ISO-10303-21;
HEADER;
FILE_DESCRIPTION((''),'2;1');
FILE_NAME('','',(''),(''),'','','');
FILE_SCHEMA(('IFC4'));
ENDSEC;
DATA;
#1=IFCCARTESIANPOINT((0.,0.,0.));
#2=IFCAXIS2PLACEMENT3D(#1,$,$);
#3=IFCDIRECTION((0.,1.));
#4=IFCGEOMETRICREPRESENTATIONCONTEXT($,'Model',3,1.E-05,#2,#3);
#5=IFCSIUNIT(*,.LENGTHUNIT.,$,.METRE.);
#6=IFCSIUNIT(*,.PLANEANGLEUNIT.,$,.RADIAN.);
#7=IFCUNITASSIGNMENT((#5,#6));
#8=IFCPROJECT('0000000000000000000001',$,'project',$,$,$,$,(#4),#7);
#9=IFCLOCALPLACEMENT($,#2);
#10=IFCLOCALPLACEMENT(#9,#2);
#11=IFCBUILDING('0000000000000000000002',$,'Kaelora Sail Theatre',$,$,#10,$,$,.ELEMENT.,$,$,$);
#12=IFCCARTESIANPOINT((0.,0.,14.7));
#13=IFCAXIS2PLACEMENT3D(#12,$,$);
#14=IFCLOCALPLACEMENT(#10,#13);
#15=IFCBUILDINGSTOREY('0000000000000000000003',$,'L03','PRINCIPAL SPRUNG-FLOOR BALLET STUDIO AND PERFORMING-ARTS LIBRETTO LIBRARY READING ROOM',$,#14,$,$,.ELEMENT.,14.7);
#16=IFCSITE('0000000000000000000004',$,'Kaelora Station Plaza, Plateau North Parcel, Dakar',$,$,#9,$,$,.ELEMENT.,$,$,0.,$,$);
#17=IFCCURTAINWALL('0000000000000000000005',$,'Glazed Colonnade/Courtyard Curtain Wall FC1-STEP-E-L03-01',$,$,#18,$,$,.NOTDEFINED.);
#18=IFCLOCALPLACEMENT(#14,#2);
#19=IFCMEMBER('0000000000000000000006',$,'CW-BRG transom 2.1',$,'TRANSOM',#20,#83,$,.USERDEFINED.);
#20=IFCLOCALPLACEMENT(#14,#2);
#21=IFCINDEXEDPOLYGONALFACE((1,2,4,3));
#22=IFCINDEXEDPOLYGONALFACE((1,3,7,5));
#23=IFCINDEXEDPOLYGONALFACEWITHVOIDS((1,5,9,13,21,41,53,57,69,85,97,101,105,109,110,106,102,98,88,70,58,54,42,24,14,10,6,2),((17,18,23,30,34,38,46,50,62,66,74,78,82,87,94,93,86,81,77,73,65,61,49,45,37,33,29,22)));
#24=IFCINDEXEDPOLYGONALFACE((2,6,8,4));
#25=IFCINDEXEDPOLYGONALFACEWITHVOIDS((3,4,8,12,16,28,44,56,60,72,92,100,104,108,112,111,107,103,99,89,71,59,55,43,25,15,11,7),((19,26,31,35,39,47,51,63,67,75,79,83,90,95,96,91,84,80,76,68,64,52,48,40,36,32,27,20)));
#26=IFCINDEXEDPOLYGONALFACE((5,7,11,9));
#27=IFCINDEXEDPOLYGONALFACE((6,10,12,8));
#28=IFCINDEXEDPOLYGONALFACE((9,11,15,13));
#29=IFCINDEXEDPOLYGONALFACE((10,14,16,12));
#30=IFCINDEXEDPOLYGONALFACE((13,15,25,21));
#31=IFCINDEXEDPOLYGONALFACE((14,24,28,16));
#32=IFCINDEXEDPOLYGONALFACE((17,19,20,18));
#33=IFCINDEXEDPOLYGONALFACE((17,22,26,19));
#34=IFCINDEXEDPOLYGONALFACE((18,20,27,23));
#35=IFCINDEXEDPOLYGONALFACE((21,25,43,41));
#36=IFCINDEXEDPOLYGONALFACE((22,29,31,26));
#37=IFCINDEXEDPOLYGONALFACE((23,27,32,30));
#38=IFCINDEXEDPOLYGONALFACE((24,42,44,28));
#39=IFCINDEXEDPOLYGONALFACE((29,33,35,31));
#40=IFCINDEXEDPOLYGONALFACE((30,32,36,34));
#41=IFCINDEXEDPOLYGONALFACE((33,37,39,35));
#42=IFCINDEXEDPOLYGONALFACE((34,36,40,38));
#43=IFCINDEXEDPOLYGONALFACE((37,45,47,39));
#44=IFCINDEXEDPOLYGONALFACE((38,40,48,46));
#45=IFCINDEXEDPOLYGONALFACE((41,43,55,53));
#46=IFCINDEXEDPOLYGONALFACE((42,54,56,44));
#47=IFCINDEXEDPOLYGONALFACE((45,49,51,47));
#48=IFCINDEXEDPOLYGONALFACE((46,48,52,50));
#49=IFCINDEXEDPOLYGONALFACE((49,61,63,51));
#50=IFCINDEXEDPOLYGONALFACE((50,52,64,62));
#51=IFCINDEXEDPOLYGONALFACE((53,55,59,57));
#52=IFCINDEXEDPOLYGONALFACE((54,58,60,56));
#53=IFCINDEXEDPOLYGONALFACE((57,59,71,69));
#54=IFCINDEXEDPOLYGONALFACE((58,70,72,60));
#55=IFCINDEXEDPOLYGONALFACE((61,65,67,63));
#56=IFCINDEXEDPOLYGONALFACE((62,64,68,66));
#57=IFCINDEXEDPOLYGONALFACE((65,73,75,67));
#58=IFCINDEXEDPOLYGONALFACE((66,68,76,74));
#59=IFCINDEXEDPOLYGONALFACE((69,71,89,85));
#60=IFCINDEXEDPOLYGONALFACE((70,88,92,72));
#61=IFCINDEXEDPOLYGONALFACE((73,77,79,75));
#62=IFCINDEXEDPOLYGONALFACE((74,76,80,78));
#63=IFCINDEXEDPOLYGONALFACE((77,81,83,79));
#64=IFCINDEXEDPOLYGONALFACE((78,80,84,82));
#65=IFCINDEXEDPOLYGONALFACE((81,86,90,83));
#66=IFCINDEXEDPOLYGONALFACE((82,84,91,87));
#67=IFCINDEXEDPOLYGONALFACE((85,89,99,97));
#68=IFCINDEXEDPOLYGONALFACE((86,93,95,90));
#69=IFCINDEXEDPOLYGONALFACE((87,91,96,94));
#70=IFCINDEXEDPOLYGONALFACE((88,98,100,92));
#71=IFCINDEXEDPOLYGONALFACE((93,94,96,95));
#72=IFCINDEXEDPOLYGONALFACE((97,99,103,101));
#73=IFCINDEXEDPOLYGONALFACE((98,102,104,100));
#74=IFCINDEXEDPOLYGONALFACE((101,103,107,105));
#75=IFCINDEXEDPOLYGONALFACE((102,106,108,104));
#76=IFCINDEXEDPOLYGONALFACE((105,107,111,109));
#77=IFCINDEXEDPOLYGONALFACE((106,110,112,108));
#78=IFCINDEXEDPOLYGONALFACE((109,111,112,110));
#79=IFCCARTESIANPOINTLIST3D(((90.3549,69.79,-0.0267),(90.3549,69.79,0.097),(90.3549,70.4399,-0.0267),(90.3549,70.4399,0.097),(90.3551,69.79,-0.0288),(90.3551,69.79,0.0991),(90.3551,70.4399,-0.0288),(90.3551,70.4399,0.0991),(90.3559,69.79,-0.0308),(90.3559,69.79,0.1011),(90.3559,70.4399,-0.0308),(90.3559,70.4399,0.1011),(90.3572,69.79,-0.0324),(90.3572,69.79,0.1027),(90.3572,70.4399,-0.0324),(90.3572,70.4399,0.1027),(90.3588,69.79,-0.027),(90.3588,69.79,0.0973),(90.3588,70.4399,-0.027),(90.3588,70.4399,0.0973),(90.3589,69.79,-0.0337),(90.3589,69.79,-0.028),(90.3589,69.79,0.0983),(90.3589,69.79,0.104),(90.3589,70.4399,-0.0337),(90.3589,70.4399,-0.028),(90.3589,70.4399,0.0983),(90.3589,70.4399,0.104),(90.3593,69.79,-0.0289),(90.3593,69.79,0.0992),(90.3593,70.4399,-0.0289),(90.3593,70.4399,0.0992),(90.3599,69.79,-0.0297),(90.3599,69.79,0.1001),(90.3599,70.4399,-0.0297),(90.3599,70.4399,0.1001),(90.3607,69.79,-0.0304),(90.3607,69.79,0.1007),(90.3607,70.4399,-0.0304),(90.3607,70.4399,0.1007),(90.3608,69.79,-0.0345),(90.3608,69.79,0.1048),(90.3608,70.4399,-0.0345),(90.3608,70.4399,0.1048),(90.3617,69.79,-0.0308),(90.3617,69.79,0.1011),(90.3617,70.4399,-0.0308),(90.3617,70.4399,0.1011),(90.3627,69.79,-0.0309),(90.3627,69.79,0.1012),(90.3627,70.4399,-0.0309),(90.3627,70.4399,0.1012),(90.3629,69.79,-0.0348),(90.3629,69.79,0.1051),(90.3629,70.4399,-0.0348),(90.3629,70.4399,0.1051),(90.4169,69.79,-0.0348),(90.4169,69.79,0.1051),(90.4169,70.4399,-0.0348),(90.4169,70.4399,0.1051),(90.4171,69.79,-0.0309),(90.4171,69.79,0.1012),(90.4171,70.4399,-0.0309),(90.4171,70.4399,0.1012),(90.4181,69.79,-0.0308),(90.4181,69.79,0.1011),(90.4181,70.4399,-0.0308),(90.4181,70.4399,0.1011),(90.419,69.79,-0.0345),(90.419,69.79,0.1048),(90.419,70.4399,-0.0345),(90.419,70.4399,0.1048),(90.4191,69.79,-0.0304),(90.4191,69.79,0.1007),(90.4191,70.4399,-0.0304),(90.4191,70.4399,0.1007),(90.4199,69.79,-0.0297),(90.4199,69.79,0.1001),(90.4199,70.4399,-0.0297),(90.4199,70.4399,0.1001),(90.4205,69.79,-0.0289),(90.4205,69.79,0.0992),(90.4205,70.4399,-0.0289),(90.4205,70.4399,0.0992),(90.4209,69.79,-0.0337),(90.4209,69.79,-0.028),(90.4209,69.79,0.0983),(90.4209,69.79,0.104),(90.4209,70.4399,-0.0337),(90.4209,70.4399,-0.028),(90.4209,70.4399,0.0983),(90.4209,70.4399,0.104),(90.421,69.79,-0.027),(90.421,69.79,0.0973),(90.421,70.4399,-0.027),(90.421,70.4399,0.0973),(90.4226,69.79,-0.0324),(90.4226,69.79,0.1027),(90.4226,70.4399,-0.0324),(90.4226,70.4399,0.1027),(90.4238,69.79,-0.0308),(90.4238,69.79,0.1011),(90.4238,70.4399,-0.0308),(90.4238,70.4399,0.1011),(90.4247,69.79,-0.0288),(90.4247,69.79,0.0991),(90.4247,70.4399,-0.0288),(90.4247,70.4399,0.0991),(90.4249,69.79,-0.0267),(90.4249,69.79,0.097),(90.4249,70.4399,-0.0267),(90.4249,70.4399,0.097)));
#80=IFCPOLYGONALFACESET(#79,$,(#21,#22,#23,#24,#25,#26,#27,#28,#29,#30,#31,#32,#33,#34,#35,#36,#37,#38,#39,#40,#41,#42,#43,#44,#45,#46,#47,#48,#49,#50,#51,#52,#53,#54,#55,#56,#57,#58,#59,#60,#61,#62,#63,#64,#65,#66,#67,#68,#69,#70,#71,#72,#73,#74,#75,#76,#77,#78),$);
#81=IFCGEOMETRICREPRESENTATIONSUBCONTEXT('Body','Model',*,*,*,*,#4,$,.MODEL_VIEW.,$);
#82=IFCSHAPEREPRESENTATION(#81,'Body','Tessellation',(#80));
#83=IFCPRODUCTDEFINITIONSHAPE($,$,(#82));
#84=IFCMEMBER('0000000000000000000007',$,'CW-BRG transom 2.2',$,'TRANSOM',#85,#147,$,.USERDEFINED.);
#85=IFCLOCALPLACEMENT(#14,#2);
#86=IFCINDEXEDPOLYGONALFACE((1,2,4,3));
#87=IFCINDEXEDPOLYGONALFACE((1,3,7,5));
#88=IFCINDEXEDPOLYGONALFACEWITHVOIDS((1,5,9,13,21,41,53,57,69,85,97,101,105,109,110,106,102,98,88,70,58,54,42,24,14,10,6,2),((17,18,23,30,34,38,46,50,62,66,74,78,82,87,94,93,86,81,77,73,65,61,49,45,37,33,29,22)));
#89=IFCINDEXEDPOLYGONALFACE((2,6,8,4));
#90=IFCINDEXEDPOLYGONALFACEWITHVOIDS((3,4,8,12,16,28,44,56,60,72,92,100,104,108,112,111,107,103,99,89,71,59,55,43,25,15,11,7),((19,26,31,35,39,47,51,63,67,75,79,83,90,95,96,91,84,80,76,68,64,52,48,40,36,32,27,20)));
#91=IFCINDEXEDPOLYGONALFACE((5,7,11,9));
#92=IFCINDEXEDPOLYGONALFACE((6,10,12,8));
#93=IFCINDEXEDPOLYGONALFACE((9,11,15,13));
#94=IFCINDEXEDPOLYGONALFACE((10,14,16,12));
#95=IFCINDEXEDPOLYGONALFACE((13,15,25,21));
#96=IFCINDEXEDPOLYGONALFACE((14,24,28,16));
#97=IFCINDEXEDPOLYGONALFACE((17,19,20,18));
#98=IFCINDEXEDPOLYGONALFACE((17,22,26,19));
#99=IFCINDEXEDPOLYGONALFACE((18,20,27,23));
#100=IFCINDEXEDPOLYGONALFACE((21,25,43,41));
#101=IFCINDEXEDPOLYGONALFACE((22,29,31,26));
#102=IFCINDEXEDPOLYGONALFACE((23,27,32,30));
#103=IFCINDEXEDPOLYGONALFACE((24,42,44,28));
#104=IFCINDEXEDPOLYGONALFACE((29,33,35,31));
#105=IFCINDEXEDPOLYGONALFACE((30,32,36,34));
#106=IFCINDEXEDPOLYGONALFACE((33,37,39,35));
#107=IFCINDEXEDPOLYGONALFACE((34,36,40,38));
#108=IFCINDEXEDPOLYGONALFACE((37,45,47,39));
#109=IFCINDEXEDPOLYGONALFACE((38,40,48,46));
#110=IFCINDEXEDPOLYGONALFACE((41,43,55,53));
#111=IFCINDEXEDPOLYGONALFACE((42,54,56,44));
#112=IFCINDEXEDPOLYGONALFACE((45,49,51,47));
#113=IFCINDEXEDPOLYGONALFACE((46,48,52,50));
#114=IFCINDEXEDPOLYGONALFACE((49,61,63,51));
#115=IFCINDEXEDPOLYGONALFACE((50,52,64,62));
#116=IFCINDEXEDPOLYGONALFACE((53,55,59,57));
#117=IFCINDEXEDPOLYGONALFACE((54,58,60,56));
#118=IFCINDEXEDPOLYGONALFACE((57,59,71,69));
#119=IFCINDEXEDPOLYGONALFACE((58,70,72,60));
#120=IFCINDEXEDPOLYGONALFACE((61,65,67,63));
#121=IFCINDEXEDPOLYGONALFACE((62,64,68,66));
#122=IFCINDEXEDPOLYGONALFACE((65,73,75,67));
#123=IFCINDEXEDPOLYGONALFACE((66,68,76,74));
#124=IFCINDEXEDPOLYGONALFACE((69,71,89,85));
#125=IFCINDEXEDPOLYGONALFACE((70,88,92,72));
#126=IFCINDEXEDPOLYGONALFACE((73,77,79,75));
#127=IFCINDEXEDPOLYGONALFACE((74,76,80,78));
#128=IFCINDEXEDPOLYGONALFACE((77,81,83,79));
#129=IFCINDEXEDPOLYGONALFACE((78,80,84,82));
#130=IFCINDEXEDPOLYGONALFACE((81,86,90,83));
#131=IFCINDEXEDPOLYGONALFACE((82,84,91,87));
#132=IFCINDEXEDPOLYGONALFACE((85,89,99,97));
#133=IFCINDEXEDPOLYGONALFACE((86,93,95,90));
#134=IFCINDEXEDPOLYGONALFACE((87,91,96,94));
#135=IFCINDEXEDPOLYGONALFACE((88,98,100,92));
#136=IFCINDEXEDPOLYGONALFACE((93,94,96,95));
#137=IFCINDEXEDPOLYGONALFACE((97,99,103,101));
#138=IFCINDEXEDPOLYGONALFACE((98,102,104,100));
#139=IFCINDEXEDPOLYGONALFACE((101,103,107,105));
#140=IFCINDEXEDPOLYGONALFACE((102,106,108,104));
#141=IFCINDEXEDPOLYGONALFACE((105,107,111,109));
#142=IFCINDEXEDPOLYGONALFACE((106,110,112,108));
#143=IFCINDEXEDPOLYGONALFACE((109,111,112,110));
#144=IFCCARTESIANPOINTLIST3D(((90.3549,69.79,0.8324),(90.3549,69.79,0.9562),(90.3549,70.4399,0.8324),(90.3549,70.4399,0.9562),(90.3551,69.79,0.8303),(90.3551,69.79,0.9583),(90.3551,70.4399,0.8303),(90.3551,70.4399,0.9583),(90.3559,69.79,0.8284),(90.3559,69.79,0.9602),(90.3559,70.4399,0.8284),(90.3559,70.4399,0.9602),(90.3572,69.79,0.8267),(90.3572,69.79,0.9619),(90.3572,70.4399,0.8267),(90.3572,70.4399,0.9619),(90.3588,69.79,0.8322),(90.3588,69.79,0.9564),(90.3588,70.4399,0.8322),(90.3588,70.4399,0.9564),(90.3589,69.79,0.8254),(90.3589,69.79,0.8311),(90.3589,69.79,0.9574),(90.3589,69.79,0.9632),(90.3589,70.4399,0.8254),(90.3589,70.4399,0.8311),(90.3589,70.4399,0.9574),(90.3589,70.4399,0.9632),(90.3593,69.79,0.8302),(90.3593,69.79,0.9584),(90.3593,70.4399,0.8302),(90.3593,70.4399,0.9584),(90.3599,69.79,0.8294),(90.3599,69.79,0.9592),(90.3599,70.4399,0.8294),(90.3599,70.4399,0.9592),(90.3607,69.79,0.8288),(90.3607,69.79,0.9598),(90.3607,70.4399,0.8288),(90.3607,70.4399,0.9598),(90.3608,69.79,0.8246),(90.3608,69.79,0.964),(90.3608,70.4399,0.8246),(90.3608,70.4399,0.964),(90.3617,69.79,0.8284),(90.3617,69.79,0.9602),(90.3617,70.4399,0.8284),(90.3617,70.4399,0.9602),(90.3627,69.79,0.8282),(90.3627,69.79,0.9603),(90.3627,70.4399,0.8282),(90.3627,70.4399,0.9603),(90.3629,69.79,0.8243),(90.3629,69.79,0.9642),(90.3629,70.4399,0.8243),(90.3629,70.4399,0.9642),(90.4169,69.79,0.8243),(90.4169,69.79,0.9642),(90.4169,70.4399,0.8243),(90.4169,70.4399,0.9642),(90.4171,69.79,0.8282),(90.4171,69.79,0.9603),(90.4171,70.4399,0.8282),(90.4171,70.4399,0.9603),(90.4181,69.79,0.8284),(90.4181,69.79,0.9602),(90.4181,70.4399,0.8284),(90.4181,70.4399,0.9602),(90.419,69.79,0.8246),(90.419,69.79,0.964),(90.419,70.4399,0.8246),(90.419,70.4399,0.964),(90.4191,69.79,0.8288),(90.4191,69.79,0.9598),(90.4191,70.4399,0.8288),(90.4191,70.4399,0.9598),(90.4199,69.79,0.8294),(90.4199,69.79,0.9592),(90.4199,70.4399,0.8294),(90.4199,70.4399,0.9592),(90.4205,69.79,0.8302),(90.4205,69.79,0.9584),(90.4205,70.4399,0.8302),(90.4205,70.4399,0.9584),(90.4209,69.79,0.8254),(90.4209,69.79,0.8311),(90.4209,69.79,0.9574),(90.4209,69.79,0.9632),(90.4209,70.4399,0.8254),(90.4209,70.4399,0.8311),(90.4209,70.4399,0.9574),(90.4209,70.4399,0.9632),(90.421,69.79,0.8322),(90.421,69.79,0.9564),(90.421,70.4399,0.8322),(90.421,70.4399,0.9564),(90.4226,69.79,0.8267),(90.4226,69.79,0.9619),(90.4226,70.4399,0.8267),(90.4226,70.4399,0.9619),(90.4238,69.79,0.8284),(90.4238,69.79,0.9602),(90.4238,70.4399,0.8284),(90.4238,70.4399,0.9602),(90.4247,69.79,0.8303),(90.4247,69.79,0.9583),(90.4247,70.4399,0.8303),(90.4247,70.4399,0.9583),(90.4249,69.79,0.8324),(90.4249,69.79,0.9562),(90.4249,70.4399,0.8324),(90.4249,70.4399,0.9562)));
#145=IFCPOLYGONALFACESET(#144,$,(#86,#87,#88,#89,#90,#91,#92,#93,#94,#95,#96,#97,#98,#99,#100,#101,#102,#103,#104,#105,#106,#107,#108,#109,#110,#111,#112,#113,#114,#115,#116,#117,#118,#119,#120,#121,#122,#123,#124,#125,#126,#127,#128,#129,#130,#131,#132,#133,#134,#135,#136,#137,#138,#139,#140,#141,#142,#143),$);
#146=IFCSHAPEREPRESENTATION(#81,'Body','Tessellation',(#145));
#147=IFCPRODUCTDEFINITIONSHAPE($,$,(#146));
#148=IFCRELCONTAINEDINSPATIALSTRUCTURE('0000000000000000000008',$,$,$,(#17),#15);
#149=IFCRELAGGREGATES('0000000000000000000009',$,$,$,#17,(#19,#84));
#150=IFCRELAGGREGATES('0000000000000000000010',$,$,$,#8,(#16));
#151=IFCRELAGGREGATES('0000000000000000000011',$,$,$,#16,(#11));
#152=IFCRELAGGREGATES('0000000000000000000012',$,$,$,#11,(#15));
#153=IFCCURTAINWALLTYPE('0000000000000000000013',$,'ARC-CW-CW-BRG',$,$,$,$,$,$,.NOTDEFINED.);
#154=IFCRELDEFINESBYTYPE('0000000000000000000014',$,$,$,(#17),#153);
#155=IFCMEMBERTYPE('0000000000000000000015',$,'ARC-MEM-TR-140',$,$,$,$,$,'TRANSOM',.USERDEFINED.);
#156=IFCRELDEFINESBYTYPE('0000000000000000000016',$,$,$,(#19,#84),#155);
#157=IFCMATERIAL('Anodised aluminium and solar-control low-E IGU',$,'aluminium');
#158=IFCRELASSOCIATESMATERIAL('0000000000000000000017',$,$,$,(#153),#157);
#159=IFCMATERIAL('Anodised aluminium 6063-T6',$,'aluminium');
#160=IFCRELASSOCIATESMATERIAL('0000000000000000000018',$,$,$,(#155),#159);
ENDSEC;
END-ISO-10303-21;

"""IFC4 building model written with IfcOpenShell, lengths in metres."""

from ifc_helpers import new_model, si_unit, direction, frame, origin, origin_2d, place, context, subcontext, project, spatial, hollow_rectangle, extrude, material, material_profile, profile_set, type_object, element, aggregate, save


model = new_model("IFC4")

# Units and contexts
model_context = context("Model", 3, precision=1e-05, world=origin(), true_north=direction((0.0, 1.0)))
body_context = subcontext(model_context, "Body", "Model", "MODEL_VIEW")
ifc_project = project(units=[si_unit("LENGTHUNIT", "METRE"), si_unit("PLANEANGLEUNIT", "RADIAN")], contexts=[model_context])

# Site, building, storey
site_placement = place(None, origin())
site = spatial("IfcSite", under=ifc_project, at=site_placement, Name="Kaelora Station Plaza, Plateau North Parcel, Dakar", CompositionType="ELEMENT", RefElevation=0.0)
building_placement = place(site_placement, origin())
building = spatial("IfcBuilding", under=site, at=building_placement, Name="Kaelora Sail Theatre", CompositionType="ELEMENT")
storey_placement = place(building_placement, frame((0.0, 0.0, 14.7)))
storey = spatial("IfcBuildingStorey", under=building, at=storey_placement, Name="L03", Description="PRINCIPAL SPRUNG-FLOOR BALLET STUDIO AND PERFORMING-ARTS LIBRETTO LIBRARY READING ROOM", CompositionType="ELEMENT", Elevation=14.7)

# Shared definitions
ifc_material_1 = material(Name="Anodised aluminium and solar-control low-E IGU", Category="aluminium")
curtain_wall_type = type_object("IfcCurtainWallType", Name="ARC-CW-CW-BRG", PredefinedType="NOTDEFINED", material=ifc_material_1)

# Curtain wall
curtain_wall_1_placement = place(storey_placement, origin())
curtain_wall_1 = element("IfcCurtainWall", 1, at=curtain_wall_1_placement, inside=storey, type_object=curtain_wall_type, Name="Glazed Colonnade/Courtyard Curtain Wall FC1-STEP-E-L03-01", PredefinedType="NOTDEFINED")

# Members
ifc_material_2 = material(Name="Anodised aluminium 6063-T6", Category="aluminium")
ifc_material_profile_1 = material_profile(ifc_material_2, hollow_rectangle(XDim=0.0701, YDim=0.1399, WallThickness=0.0039, InnerFilletRadius=0.0039, OuterFilletRadius=0.0081, at=origin_2d()), Name="ALU-TRAN 70x140x4")
ifc_profile_set_1 = profile_set([ifc_material_profile_1], Name="Anodised aluminium 6063-T6")
member_type_1 = type_object("IfcMemberType", Name="ARC-MEM-TR-140", ElementType="TRANSOM", PredefinedType="USERDEFINED", material=ifc_profile_set_1)
member_1_placement = place(storey_placement, frame((90.3899, 69.79, 0.0352), z_axis=(0.0, 1.0, 0.0), x_axis=(-1.0, 0.0, 0.0)))
member_1 = element("IfcMember", 2, at=member_1_placement, type_object=member_type_1, Name="CW-BRG transom 2.1", ObjectType="TRANSOM", PredefinedType="USERDEFINED", context=body_context, shape_type="SweptSolid", body=[
    extrude(hollow_rectangle(XDim=0.0701, YDim=0.1399, WallThickness=0.0039, InnerFilletRadius=0.0039, OuterFilletRadius=0.0081, at=origin_2d()), origin(), (0.0, 0.0, 1.0), 0.6499),
])
member_2_placement = place(storey_placement, frame((90.3899, 69.79, 0.8943), z_axis=(0.0, 1.0, 0.0), x_axis=(-1.0, 0.0, 0.0)))
member_2 = element("IfcMember", 3, at=member_2_placement, type_object=member_type_1, Name="CW-BRG transom 2.2", ObjectType="TRANSOM", PredefinedType="USERDEFINED", context=body_context, shape_type="SweptSolid", body=[
    extrude(hollow_rectangle(XDim=0.0701, YDim=0.1399, WallThickness=0.0039, InnerFilletRadius=0.0039, OuterFilletRadius=0.0081, at=origin_2d()), origin(), (0.0, 0.0, 1.0), 0.6499),
])

aggregate(curtain_wall_1, [member_1, member_2])

save(model, "model.ifc")
